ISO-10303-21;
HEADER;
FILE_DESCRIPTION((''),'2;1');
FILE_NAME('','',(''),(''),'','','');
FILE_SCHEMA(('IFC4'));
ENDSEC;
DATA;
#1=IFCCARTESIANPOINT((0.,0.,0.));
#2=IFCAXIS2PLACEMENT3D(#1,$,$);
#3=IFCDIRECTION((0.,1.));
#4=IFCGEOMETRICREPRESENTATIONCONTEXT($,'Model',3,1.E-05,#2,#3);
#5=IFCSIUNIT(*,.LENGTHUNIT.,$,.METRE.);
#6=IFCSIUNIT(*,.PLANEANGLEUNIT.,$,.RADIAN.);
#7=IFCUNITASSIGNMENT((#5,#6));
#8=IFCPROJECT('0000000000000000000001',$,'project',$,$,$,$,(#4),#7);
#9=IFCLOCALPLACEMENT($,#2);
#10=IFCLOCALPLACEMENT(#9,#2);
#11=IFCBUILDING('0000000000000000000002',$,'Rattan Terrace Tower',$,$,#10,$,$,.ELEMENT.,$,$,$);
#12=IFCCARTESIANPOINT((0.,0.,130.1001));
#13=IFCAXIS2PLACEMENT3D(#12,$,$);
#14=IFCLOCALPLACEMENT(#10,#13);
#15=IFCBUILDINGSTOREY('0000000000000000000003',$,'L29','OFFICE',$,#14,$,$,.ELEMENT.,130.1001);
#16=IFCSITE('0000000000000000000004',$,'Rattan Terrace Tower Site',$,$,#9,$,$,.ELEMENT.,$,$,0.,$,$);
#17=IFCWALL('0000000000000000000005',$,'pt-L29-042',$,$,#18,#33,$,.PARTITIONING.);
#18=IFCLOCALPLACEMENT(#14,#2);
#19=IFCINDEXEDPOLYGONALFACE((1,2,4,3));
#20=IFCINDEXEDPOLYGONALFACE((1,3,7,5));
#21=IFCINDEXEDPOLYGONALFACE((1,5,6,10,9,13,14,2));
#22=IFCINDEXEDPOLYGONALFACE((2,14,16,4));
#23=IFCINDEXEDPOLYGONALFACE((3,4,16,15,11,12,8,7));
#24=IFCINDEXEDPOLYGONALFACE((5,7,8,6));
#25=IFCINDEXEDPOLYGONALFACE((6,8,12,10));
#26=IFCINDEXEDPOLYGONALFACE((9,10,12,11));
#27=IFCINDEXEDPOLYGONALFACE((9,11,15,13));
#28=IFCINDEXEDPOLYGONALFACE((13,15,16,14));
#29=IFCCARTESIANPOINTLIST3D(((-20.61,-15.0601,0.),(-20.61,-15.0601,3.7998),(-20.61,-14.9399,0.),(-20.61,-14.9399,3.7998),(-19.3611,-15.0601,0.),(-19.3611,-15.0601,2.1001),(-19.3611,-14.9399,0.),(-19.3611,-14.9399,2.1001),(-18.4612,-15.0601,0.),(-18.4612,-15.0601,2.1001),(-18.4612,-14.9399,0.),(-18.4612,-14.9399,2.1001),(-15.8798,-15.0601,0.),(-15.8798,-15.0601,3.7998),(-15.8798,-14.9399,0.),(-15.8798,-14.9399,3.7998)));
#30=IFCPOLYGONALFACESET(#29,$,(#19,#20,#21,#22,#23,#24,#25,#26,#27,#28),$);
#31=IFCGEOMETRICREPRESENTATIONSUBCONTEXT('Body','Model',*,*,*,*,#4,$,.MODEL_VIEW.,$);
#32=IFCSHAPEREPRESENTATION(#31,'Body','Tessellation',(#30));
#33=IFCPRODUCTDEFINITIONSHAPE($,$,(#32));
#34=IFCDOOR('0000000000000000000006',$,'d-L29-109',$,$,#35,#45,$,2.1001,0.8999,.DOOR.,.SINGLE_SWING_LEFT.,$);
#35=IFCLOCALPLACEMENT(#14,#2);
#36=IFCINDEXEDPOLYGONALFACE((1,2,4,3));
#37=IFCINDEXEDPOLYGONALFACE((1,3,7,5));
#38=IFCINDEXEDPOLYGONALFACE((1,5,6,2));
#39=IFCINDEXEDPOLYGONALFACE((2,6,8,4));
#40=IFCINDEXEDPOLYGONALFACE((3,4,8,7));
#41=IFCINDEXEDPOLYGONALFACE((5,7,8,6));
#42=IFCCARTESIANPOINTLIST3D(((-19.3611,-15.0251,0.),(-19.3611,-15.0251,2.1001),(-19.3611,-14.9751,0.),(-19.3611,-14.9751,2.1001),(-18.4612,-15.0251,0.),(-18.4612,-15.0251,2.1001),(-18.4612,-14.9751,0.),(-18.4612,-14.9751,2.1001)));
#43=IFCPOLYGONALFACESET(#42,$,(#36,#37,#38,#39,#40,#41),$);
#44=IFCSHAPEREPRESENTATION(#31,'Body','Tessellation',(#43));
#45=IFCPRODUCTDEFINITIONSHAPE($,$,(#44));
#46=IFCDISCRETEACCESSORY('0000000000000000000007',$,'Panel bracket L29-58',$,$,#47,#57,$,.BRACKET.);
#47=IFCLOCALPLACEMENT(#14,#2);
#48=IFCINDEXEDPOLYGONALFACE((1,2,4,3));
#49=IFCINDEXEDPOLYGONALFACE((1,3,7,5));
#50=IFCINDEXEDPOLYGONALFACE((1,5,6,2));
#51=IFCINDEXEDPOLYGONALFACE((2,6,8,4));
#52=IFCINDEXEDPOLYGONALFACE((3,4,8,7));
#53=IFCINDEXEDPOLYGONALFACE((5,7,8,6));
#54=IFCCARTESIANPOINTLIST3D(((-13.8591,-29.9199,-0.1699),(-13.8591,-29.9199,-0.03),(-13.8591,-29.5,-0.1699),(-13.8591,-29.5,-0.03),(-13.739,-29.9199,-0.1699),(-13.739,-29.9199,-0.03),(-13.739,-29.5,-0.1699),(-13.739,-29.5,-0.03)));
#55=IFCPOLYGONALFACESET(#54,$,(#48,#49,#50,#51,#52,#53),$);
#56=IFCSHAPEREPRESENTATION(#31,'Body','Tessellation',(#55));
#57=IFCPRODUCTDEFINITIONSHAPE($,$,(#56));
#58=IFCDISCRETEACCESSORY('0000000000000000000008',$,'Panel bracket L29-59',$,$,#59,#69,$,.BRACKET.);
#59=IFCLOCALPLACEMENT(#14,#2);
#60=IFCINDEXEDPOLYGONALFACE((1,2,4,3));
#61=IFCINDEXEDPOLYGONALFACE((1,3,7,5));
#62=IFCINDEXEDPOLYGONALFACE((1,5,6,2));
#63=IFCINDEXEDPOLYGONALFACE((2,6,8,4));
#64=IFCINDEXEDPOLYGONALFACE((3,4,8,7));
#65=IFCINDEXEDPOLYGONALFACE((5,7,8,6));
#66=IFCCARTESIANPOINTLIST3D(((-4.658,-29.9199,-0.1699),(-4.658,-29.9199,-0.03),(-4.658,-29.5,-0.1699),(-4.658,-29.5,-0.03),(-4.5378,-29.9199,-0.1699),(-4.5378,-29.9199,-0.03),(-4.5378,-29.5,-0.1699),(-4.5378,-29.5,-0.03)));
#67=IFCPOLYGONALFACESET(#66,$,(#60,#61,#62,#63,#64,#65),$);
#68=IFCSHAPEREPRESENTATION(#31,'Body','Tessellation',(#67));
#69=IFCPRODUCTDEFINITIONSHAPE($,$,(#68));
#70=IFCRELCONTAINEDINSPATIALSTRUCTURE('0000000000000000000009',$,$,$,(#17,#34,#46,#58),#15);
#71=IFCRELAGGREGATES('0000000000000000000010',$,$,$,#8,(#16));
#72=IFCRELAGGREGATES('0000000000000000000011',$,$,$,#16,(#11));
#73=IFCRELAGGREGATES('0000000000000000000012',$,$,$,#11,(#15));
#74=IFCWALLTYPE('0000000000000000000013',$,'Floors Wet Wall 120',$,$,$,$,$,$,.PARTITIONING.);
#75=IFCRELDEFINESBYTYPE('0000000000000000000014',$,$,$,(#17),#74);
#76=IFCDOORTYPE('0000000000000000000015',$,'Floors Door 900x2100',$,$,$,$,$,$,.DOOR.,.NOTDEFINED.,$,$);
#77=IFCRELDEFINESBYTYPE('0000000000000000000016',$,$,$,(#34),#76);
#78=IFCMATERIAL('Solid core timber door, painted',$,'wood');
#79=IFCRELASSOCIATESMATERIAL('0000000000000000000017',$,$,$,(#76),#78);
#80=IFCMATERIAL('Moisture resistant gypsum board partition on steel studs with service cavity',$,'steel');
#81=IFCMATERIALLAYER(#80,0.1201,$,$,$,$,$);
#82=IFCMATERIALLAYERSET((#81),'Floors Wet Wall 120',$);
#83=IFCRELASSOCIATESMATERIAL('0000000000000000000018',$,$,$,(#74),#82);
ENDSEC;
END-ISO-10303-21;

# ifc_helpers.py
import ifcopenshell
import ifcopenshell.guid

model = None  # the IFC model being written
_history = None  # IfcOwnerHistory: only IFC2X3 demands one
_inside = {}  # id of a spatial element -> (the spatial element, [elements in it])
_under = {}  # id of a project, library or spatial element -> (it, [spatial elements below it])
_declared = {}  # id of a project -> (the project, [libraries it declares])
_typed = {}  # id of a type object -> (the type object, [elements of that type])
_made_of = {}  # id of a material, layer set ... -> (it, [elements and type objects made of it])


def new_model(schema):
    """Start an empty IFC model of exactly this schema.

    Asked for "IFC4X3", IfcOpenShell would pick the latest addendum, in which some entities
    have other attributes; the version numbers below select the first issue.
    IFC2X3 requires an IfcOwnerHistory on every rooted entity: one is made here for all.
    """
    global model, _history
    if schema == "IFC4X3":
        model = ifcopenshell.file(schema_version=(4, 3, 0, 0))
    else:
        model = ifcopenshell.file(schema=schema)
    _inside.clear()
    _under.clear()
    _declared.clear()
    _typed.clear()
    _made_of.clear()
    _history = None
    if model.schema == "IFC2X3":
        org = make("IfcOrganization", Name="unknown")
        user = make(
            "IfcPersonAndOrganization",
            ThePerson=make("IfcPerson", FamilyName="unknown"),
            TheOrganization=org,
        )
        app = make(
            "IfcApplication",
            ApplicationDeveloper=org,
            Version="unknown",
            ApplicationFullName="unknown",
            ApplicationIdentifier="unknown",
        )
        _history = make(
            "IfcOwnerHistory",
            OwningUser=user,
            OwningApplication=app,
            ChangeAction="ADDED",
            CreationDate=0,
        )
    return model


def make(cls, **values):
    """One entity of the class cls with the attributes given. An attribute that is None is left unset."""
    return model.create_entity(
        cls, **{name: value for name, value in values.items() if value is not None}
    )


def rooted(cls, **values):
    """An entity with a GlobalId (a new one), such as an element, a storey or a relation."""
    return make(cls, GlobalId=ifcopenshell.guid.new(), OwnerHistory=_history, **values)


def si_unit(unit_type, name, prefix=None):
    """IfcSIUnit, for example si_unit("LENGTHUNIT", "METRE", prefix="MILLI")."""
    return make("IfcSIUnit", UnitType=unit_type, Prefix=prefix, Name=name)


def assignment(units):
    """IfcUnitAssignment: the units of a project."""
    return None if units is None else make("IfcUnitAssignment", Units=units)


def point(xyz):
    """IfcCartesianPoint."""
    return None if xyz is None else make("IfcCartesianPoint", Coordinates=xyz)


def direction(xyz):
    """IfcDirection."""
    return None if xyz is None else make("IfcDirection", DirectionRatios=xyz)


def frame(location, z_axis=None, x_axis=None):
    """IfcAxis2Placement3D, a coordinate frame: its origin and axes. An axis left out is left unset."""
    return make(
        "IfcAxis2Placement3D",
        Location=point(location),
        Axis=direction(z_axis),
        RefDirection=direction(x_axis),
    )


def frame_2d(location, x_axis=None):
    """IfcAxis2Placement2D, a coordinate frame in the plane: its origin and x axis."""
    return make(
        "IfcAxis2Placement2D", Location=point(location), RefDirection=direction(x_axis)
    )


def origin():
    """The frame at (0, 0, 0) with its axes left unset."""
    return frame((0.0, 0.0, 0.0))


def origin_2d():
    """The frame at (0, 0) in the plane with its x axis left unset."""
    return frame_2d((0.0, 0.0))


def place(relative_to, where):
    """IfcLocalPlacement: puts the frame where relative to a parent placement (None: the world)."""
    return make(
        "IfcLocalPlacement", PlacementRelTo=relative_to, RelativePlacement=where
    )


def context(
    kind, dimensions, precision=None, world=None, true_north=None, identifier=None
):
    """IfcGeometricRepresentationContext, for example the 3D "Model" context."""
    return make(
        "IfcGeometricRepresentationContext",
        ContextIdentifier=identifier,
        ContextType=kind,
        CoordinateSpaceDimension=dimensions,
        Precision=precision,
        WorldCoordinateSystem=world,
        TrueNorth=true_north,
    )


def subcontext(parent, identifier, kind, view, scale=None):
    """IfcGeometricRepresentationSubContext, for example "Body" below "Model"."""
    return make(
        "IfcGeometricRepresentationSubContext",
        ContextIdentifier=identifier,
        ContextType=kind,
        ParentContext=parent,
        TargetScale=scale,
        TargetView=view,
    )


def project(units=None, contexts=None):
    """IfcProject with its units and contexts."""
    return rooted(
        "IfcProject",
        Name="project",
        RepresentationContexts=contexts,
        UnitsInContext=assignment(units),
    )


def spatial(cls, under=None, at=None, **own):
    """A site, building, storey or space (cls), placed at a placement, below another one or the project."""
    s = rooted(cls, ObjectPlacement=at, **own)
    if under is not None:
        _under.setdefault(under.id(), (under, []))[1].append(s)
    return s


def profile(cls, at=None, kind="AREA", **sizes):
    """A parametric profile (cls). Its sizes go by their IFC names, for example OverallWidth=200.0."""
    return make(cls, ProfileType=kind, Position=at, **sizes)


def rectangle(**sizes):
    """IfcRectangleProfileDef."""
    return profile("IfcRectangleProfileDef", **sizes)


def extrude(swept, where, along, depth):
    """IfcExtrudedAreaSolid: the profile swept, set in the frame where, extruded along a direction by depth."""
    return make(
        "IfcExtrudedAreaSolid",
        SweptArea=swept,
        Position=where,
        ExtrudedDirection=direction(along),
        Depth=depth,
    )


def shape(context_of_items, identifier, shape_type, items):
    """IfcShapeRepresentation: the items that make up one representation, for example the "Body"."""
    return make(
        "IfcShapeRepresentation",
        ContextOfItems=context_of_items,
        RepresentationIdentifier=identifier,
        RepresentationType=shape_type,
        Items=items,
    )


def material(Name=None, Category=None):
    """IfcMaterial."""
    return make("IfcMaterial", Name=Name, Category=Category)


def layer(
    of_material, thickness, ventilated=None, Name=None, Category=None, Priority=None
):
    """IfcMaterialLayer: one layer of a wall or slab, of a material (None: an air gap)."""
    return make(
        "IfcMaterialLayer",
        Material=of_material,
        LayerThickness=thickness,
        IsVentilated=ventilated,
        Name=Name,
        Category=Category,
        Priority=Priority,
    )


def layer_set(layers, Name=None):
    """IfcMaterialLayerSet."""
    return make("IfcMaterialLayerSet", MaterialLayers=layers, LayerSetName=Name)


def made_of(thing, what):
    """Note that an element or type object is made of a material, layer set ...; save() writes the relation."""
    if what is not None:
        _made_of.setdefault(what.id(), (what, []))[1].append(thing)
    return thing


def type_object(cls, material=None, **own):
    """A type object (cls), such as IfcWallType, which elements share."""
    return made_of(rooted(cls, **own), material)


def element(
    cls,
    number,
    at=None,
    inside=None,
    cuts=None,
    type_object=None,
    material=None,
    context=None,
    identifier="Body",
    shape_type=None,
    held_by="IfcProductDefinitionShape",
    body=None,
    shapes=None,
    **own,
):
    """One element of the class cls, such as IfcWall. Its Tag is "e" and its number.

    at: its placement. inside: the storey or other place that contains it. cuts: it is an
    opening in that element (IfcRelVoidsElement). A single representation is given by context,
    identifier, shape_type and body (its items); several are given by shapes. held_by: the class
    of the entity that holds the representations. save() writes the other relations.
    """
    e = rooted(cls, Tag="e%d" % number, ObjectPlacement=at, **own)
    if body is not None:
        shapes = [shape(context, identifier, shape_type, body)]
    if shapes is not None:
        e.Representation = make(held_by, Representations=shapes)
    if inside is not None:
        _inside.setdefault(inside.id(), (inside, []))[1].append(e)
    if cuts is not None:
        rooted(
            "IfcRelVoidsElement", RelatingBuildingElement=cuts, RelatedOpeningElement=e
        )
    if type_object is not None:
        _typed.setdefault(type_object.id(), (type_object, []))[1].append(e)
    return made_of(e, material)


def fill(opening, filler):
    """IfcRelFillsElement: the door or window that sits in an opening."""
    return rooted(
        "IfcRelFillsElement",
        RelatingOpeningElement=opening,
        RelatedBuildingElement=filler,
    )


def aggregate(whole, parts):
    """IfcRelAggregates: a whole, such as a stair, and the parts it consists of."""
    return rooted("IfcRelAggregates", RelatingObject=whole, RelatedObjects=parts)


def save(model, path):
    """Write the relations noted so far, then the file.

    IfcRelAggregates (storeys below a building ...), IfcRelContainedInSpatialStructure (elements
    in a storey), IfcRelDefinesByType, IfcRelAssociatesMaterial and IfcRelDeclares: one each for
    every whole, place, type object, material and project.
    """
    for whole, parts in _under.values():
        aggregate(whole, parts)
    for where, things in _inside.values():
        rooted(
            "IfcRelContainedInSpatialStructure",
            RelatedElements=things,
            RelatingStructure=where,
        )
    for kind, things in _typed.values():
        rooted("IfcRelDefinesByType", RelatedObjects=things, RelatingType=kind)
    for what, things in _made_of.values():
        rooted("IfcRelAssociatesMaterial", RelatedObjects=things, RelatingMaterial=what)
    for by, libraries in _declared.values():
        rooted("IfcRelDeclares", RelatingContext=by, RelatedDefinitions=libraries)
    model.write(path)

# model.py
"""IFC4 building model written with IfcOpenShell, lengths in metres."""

from ifc_helpers import new_model, si_unit, direction, frame, frame_2d, origin, origin_2d, place, context, subcontext, project, spatial, rectangle, extrude, material, layer, layer_set, type_object, element, fill, save


model = new_model("IFC4")

# Units and contexts
model_context = context("Model", 3, precision=1e-05, world=origin(), true_north=direction((0.0, 1.0)))
body_context = subcontext(model_context, "Body", "Model", "MODEL_VIEW")
ifc_project = project(units=[si_unit("LENGTHUNIT", "METRE"), si_unit("PLANEANGLEUNIT", "RADIAN")], contexts=[model_context])

# Site, building, storey
site_placement = place(None, origin())
site = spatial("IfcSite", under=ifc_project, at=site_placement, Name="Rattan Terrace Tower Site", CompositionType="ELEMENT", RefElevation=0.0)
building_placement = place(site_placement, origin())
building = spatial("IfcBuilding", under=site, at=building_placement, Name="Rattan Terrace Tower", CompositionType="ELEMENT")
storey_placement = place(building_placement, frame((0.0, 0.0, 130.1001)))
storey = spatial("IfcBuildingStorey", under=building, at=storey_placement, Name="L29", Description="OFFICE", CompositionType="ELEMENT", Elevation=130.1001)

# Shared definitions
ifc_material_1 = material(Name="Solid core timber door, painted", Category="wood")
door_type = type_object("IfcDoorType", Name="Floors Door 900x2100", OperationType="NOTDEFINED", PredefinedType="DOOR", material=ifc_material_1)

# Wall, opening, door
ifc_material_2 = material(Name="Moisture resistant gypsum board partition on steel studs with service cavity", Category="steel")
ifc_layer_1 = layer(ifc_material_2, 0.1201)
ifc_layer_set_1 = layer_set([ifc_layer_1], Name="Floors Wet Wall 120")
wall_type_1 = type_object("IfcWallType", Name="Floors Wet Wall 120", PredefinedType="PARTITIONING", material=ifc_layer_set_1)
wall_1_placement = place(storey_placement, frame((-20.6101, -15.0, 0.0), z_axis=(0.0, 0.0, 1.0), x_axis=(1.0, 0.0, 0.0)))
wall_1 = element("IfcWall", 1, at=wall_1_placement, inside=storey, type_object=wall_type_1, Name="pt-L29-042", PredefinedType="PARTITIONING", context=body_context, shape_type="SweptSolid", body=[
    extrude(rectangle(XDim=4.7302, YDim=0.1201, at=frame_2d((2.3652, 0.0))), origin(), (0.0, 0.0, 1.0), 3.7998),
])
opening_1_placement = place(wall_1_placement, frame((1.249, 0.0, 0.0)))
opening_1 = element("IfcOpeningElement", 2, at=opening_1_placement, cuts=wall_1, PredefinedType="OPENING", context=body_context, shape_type="SweptSolid", body=[
    extrude(rectangle(XDim=0.8999, YDim=2.1001, at=frame_2d((0.45, 1.05))), frame((0.0, 0.0706, 0.0), z_axis=(0.0, -1.0, 0.0), x_axis=(1.0, 0.0, 0.0)), (0.0, 0.0, 1.0), 0.1411),
])
door_1_placement = place(opening_1_placement, origin())
door_1 = element("IfcDoor", 3, at=door_1_placement, inside=storey, type_object=door_type, Name="d-L29-109", OperationType="SINGLE_SWING_LEFT", OverallHeight=2.1001, OverallWidth=0.8999, PredefinedType="DOOR", context=body_context, shape_type="SweptSolid", body=[
    extrude(rectangle(XDim=0.8999, YDim=2.1001, at=frame_2d((0.45, 1.05))), frame((0.0, 0.0249, 0.0), z_axis=(0.0, -1.0, 0.0), x_axis=(1.0, 0.0, 0.0)), (0.0, 0.0, 1.0), 0.05),
])
fill(opening_1, door_1)

# Discrete accessories
for number, where, z_axis, x_axis, name in (
    (4, (-13.7991, -29.71, -0.1699), (0.0, 0.0, 1.0), (1.0, 0.0, 0.0), "Panel bracket L29-58"),
    (5, (-4.5979, -29.71, -0.1699), (0.0, 0.0, 1.0), (1.0, 0.0, 0.0), "Panel bracket L29-59"),
):
    element("IfcDiscreteAccessory", number, at=place(storey_placement, frame(where, z_axis=z_axis, x_axis=x_axis)), inside=storey, Name=name, PredefinedType="BRACKET", context=body_context, shape_type="SweptSolid", body=[
        extrude(rectangle(XDim=0.1201, YDim=0.4199, at=origin_2d()), origin(), (0.0, 0.0, 1.0), 0.1399),
    ])

save(model, "model.ifc")
